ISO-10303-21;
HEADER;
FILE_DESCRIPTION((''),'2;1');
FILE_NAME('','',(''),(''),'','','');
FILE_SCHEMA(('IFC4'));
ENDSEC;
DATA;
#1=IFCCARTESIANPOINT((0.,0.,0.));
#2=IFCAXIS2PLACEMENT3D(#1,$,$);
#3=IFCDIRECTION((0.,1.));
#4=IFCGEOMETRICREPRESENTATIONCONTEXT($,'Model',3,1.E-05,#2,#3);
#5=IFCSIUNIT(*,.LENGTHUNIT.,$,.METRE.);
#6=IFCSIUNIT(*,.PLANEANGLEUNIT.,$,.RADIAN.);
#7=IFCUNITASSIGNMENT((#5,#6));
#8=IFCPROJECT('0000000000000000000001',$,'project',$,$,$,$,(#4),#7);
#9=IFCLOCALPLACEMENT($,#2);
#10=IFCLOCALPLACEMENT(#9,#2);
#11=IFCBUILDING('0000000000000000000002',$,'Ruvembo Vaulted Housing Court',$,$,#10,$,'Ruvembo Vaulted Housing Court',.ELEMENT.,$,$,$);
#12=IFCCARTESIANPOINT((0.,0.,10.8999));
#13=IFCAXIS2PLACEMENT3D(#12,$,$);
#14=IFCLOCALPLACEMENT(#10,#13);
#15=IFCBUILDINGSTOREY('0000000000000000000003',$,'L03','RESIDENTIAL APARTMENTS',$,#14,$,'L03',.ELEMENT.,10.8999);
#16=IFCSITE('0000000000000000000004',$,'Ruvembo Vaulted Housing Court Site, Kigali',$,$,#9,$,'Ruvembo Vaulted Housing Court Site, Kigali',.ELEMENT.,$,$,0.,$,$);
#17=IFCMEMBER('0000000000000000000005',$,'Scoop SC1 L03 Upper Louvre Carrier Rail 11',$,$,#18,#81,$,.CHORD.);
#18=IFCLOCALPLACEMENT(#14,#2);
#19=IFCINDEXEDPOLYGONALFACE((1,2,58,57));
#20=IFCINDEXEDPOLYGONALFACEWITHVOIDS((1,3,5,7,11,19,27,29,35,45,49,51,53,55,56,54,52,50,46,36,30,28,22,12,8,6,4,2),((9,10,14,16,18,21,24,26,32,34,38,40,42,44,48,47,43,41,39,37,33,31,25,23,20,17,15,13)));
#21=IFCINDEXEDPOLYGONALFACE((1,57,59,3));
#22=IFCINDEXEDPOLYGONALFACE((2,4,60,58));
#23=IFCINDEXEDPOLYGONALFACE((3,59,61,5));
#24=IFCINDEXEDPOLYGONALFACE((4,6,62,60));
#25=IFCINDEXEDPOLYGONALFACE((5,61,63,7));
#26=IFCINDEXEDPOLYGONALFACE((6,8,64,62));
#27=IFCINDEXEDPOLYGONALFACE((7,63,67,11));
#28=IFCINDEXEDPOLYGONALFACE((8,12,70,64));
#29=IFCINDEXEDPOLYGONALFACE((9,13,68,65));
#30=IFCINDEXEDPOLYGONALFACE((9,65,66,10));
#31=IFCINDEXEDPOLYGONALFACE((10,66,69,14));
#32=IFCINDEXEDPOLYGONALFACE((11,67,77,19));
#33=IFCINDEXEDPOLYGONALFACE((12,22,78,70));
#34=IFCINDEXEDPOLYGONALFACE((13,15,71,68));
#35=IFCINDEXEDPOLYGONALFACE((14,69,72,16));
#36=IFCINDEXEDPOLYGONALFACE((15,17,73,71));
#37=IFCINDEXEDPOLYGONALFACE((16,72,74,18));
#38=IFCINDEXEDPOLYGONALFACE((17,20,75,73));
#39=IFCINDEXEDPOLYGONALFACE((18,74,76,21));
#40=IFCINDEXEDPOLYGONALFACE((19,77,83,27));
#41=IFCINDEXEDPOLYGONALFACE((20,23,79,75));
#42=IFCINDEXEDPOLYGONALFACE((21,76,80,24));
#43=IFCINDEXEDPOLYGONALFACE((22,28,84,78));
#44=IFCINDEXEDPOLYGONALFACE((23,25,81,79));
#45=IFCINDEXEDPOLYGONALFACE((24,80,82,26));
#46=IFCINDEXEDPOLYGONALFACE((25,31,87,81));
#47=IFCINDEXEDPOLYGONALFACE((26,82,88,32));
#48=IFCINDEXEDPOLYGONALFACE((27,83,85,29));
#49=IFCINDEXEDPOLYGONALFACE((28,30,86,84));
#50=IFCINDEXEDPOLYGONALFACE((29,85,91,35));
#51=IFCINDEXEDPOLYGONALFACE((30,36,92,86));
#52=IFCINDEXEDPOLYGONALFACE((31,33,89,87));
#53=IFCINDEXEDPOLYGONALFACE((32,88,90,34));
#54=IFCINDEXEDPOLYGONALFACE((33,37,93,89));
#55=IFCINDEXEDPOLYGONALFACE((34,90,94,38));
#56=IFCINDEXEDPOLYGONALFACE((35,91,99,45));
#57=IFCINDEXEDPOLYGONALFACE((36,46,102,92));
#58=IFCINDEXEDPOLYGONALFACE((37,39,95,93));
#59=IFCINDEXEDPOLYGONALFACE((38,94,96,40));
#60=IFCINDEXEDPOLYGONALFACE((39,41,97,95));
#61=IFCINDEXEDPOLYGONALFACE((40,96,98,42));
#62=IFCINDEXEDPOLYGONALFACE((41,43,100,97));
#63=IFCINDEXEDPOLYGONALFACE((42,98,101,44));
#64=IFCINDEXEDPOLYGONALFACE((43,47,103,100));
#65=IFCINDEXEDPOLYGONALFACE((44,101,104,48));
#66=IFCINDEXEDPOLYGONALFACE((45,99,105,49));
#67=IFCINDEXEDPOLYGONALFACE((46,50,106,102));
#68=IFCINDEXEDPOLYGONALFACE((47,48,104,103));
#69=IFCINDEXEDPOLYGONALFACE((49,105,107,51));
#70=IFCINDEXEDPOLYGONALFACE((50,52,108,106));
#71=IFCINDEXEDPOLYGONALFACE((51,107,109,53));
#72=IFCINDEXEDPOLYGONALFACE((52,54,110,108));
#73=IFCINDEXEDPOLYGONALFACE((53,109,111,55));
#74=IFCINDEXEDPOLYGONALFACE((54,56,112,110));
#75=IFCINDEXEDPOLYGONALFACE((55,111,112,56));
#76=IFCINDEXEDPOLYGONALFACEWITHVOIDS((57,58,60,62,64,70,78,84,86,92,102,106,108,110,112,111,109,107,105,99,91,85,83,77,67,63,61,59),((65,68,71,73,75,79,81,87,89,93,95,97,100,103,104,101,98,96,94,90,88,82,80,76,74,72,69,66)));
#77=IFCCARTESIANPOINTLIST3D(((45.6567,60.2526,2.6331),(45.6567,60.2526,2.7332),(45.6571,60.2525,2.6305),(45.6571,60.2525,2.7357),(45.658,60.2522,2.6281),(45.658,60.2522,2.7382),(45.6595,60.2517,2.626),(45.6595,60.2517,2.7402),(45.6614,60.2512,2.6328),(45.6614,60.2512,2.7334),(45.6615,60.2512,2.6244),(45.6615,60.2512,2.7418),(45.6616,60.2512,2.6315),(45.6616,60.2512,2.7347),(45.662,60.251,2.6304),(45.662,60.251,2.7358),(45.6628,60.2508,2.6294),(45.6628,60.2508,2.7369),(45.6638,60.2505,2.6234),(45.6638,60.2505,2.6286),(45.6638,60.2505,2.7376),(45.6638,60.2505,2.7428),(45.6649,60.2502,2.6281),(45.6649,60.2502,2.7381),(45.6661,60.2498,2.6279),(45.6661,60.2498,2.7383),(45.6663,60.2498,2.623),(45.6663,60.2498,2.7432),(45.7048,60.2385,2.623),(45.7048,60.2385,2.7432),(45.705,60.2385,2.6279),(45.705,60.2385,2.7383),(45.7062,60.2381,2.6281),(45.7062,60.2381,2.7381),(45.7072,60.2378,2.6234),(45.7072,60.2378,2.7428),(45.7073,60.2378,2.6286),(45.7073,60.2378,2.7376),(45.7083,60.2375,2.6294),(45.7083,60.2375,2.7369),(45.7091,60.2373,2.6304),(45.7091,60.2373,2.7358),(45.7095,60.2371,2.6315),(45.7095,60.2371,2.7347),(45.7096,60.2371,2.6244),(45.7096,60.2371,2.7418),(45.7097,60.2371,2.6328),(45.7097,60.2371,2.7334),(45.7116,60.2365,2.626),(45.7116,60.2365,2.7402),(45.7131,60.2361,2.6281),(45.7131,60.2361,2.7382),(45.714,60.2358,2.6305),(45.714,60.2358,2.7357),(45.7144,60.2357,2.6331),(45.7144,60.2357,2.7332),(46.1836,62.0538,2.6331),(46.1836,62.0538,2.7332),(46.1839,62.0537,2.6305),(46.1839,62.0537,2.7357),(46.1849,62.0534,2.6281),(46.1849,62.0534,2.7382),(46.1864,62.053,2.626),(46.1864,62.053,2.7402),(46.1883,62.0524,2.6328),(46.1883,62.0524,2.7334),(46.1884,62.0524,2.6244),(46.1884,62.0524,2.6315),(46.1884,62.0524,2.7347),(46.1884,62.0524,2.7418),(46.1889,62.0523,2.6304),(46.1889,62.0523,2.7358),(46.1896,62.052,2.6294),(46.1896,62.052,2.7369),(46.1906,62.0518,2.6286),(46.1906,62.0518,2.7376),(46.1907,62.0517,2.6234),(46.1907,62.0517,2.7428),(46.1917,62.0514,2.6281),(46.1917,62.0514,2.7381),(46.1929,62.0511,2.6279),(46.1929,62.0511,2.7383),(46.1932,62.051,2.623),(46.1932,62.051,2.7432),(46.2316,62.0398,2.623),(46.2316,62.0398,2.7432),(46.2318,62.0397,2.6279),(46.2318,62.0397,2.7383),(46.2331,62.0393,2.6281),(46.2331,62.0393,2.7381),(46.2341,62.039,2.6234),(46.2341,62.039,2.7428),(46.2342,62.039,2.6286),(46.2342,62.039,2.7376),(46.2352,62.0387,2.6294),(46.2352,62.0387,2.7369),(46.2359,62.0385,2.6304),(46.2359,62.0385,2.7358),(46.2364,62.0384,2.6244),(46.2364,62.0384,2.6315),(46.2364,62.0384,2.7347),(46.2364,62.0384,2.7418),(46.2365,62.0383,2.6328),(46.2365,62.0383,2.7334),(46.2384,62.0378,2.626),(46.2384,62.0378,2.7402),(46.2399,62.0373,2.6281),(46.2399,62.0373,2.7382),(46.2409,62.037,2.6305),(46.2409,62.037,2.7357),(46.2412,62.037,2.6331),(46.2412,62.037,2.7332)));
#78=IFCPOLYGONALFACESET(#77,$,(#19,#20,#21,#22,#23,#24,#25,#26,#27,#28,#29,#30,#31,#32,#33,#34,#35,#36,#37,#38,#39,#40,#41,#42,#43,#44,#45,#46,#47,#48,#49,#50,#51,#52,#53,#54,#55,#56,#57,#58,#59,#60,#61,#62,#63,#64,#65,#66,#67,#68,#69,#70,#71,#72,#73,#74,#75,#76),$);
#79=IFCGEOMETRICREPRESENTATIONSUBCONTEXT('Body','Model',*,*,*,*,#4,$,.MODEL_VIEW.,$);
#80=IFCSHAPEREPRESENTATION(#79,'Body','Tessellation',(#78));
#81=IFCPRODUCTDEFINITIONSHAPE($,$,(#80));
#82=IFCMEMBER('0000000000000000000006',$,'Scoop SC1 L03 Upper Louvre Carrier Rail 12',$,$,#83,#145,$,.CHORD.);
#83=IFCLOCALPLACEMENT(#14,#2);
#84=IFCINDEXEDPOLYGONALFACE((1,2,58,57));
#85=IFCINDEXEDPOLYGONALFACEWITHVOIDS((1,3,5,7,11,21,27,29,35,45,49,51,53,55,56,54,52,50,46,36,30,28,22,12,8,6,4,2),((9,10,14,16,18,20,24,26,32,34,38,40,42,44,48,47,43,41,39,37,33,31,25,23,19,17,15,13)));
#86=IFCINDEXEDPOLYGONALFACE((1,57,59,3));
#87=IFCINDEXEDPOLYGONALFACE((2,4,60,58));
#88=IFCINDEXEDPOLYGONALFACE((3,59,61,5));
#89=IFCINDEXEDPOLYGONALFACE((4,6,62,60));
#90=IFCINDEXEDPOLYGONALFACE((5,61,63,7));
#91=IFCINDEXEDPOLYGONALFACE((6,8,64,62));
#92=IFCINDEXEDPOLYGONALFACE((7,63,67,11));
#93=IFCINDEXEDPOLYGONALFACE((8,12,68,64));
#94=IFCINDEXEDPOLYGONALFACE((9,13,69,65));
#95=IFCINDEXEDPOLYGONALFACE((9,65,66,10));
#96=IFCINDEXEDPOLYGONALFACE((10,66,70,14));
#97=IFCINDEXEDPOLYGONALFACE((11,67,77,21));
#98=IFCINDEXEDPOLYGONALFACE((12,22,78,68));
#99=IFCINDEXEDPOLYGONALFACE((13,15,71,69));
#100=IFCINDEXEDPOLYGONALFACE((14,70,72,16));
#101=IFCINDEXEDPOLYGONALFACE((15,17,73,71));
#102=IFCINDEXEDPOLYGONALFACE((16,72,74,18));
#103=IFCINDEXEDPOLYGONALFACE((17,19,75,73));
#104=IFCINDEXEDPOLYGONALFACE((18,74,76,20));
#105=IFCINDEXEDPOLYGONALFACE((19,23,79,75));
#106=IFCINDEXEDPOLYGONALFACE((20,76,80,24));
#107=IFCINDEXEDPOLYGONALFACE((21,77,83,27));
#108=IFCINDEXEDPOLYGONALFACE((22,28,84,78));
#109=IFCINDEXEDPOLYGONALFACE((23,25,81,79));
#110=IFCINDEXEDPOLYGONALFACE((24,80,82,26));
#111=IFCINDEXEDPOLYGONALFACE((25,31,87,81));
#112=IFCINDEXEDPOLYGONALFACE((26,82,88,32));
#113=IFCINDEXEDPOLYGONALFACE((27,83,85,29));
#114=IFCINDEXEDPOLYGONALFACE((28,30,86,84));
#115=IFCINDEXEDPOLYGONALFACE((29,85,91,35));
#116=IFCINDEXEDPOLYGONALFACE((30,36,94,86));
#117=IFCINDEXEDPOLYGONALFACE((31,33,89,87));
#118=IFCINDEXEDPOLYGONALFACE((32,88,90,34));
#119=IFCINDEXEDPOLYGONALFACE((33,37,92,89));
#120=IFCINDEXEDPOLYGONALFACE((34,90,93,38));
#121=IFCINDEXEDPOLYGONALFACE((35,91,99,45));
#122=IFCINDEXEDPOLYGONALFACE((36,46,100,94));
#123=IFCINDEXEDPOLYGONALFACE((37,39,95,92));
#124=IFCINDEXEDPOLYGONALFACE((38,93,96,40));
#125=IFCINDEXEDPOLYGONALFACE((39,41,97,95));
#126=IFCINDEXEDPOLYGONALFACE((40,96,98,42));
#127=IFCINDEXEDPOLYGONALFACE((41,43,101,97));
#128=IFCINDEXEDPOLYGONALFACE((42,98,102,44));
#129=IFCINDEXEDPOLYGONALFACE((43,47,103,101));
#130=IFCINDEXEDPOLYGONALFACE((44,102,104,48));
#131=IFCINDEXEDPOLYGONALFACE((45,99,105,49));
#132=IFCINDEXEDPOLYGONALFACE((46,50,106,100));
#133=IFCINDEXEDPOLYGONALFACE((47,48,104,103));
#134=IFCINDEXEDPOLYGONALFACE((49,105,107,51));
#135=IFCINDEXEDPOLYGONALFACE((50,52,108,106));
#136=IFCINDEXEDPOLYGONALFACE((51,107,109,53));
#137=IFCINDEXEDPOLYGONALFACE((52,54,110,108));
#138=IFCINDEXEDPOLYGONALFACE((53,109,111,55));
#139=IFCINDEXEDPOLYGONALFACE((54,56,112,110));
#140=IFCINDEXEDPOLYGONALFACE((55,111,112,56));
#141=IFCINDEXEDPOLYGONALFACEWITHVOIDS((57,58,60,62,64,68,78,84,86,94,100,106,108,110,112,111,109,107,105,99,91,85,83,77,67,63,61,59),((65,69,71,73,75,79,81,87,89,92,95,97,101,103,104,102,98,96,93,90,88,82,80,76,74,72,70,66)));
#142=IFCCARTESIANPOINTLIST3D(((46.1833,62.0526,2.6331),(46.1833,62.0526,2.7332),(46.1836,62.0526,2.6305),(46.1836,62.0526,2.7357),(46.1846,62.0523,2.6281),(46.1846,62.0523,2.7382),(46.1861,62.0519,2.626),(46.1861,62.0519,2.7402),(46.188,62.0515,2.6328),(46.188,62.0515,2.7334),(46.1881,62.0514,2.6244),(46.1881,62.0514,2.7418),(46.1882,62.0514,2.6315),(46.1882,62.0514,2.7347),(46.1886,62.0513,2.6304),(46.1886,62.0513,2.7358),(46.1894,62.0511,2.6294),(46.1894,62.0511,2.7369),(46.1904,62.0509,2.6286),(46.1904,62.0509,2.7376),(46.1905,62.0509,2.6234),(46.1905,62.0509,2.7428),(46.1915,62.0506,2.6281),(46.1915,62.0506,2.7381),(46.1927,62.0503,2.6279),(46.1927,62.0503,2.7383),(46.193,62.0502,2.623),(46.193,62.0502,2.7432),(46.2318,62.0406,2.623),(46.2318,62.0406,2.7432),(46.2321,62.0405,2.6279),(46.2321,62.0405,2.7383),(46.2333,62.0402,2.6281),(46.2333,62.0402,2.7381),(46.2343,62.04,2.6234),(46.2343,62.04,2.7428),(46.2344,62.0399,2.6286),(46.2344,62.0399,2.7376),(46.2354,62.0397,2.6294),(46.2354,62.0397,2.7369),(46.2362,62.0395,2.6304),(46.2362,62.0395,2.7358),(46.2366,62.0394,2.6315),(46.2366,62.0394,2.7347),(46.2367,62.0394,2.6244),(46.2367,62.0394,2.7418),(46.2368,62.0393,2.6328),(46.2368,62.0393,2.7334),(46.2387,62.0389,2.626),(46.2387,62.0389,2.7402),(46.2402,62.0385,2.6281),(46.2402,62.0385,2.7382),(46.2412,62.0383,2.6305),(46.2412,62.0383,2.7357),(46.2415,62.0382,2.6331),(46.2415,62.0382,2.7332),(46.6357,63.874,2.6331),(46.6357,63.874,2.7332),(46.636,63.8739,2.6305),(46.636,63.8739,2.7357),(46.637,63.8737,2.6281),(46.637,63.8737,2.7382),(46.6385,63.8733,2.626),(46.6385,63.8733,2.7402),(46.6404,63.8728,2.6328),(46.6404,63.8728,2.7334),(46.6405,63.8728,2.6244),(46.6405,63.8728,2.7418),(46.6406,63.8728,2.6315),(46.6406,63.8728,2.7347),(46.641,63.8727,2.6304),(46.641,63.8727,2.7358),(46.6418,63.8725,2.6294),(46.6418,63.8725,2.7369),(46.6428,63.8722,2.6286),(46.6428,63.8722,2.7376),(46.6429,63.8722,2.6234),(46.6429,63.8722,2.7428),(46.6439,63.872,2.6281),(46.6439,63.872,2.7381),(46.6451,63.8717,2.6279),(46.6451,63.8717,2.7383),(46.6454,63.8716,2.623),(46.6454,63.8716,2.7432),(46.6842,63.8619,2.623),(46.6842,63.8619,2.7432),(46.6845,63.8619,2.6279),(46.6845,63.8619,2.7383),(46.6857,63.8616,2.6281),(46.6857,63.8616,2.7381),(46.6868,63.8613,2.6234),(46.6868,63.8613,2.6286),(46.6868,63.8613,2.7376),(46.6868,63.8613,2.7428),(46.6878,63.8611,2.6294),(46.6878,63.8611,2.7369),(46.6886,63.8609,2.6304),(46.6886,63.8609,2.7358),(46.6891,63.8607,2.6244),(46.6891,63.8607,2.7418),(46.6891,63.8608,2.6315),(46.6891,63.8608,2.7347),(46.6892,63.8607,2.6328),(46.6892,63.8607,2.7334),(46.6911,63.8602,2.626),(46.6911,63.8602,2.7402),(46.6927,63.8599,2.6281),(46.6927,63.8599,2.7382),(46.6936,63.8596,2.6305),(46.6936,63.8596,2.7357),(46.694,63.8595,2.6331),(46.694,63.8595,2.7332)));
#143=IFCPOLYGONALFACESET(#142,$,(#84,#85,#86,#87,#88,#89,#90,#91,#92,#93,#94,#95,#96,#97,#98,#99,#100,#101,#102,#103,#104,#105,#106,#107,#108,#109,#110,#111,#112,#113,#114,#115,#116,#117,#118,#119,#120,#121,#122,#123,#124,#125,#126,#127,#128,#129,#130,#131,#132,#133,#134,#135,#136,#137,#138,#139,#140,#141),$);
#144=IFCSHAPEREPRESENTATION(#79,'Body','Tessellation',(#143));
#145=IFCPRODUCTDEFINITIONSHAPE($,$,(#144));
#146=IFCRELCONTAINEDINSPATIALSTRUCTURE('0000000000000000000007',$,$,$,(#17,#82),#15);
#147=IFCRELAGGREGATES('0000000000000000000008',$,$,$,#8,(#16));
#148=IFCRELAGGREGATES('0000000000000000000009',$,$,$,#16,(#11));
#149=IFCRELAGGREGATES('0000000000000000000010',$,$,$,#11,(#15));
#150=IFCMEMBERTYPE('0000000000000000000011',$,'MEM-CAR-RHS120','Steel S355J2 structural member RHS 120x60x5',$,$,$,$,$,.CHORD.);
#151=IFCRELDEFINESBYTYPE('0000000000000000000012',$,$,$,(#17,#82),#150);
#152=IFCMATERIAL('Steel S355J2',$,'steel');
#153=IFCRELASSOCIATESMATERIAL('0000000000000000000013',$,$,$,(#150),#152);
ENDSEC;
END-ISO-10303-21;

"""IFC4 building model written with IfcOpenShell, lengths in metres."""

from ifc_helpers import new_model, si_unit, direction, frame, origin, origin_2d, place, context, subcontext, project, spatial, hollow_rectangle, extrude, material, material_profile, profile_set, type_object, element, save


model = new_model("IFC4")

# Units and contexts
model_context = context("Model", 3, precision=1e-05, world=origin(), true_north=direction((0.0, 1.0)))
body_context = subcontext(model_context, "Body", "Model", "MODEL_VIEW")
ifc_project = project(units=[si_unit("LENGTHUNIT", "METRE"), si_unit("PLANEANGLEUNIT", "RADIAN")], contexts=[model_context])

# Site, building, storey
site_placement = place(None, origin())
site = spatial("IfcSite", under=ifc_project, at=site_placement, Name="Ruvembo Vaulted Housing Court Site, Kigali", LongName="Ruvembo Vaulted Housing Court Site, Kigali", CompositionType="ELEMENT", RefElevation=0.0)
building_placement = place(site_placement, origin())
building = spatial("IfcBuilding", under=site, at=building_placement, Name="Ruvembo Vaulted Housing Court", LongName="Ruvembo Vaulted Housing Court", CompositionType="ELEMENT")
storey_placement = place(building_placement, frame((0.0, 0.0, 10.8999)))
storey = spatial("IfcBuildingStorey", under=building, at=storey_placement, Name="L03", Description="RESIDENTIAL APARTMENTS", LongName="L03", CompositionType="ELEMENT", Elevation=10.8999)

# Shared definitions
ifc_material_1 = material(Name="Steel S355J2", Category="steel")

# Members
ifc_material_profile_1 = material_profile(ifc_material_1, hollow_rectangle(XDim=0.0601, YDim=0.1201, WallThickness=0.0049, InnerFilletRadius=0.0049, OuterFilletRadius=0.01, at=origin_2d()), Name="RHS 120x60x5")
ifc_profile_set_1 = profile_set([ifc_material_profile_1], Name="Steel S355J2")
member_type_1 = type_object("IfcMemberType", Name="MEM-CAR-RHS120", Description="Steel S355J2 structural member RHS 120x60x5", PredefinedType="CHORD", material=ifc_profile_set_1)
for number, where, z_axis, x_axis, name in (
    (1, (45.6855, 60.2441, 2.6831), (0.280729, 0.959787, 0.0), (-0.959787, 0.280729, 0.0), "Scoop SC1 L03 Upper Louvre Carrier Rail 11"),
    (2, (46.2124, 62.0454, 2.6831), (0.241066, 0.970509, 0.0), (-0.970509, 0.241066, 0.0), "Scoop SC1 L03 Upper Louvre Carrier Rail 12"),
):
    element("IfcMember", number, at=place(storey_placement, frame(where, z_axis=z_axis, x_axis=x_axis)), inside=storey, type_object=member_type_1, Name=name, PredefinedType="CHORD", context=body_context, shape_type="SweptSolid", body=[
        extrude(hollow_rectangle(XDim=0.0601, YDim=0.1201, WallThickness=0.0049, InnerFilletRadius=0.0049, OuterFilletRadius=0.01, at=origin_2d()), origin(), (0.0, 0.0, 1.0), 1.8767),
    ])

save(model, "model.ifc")
